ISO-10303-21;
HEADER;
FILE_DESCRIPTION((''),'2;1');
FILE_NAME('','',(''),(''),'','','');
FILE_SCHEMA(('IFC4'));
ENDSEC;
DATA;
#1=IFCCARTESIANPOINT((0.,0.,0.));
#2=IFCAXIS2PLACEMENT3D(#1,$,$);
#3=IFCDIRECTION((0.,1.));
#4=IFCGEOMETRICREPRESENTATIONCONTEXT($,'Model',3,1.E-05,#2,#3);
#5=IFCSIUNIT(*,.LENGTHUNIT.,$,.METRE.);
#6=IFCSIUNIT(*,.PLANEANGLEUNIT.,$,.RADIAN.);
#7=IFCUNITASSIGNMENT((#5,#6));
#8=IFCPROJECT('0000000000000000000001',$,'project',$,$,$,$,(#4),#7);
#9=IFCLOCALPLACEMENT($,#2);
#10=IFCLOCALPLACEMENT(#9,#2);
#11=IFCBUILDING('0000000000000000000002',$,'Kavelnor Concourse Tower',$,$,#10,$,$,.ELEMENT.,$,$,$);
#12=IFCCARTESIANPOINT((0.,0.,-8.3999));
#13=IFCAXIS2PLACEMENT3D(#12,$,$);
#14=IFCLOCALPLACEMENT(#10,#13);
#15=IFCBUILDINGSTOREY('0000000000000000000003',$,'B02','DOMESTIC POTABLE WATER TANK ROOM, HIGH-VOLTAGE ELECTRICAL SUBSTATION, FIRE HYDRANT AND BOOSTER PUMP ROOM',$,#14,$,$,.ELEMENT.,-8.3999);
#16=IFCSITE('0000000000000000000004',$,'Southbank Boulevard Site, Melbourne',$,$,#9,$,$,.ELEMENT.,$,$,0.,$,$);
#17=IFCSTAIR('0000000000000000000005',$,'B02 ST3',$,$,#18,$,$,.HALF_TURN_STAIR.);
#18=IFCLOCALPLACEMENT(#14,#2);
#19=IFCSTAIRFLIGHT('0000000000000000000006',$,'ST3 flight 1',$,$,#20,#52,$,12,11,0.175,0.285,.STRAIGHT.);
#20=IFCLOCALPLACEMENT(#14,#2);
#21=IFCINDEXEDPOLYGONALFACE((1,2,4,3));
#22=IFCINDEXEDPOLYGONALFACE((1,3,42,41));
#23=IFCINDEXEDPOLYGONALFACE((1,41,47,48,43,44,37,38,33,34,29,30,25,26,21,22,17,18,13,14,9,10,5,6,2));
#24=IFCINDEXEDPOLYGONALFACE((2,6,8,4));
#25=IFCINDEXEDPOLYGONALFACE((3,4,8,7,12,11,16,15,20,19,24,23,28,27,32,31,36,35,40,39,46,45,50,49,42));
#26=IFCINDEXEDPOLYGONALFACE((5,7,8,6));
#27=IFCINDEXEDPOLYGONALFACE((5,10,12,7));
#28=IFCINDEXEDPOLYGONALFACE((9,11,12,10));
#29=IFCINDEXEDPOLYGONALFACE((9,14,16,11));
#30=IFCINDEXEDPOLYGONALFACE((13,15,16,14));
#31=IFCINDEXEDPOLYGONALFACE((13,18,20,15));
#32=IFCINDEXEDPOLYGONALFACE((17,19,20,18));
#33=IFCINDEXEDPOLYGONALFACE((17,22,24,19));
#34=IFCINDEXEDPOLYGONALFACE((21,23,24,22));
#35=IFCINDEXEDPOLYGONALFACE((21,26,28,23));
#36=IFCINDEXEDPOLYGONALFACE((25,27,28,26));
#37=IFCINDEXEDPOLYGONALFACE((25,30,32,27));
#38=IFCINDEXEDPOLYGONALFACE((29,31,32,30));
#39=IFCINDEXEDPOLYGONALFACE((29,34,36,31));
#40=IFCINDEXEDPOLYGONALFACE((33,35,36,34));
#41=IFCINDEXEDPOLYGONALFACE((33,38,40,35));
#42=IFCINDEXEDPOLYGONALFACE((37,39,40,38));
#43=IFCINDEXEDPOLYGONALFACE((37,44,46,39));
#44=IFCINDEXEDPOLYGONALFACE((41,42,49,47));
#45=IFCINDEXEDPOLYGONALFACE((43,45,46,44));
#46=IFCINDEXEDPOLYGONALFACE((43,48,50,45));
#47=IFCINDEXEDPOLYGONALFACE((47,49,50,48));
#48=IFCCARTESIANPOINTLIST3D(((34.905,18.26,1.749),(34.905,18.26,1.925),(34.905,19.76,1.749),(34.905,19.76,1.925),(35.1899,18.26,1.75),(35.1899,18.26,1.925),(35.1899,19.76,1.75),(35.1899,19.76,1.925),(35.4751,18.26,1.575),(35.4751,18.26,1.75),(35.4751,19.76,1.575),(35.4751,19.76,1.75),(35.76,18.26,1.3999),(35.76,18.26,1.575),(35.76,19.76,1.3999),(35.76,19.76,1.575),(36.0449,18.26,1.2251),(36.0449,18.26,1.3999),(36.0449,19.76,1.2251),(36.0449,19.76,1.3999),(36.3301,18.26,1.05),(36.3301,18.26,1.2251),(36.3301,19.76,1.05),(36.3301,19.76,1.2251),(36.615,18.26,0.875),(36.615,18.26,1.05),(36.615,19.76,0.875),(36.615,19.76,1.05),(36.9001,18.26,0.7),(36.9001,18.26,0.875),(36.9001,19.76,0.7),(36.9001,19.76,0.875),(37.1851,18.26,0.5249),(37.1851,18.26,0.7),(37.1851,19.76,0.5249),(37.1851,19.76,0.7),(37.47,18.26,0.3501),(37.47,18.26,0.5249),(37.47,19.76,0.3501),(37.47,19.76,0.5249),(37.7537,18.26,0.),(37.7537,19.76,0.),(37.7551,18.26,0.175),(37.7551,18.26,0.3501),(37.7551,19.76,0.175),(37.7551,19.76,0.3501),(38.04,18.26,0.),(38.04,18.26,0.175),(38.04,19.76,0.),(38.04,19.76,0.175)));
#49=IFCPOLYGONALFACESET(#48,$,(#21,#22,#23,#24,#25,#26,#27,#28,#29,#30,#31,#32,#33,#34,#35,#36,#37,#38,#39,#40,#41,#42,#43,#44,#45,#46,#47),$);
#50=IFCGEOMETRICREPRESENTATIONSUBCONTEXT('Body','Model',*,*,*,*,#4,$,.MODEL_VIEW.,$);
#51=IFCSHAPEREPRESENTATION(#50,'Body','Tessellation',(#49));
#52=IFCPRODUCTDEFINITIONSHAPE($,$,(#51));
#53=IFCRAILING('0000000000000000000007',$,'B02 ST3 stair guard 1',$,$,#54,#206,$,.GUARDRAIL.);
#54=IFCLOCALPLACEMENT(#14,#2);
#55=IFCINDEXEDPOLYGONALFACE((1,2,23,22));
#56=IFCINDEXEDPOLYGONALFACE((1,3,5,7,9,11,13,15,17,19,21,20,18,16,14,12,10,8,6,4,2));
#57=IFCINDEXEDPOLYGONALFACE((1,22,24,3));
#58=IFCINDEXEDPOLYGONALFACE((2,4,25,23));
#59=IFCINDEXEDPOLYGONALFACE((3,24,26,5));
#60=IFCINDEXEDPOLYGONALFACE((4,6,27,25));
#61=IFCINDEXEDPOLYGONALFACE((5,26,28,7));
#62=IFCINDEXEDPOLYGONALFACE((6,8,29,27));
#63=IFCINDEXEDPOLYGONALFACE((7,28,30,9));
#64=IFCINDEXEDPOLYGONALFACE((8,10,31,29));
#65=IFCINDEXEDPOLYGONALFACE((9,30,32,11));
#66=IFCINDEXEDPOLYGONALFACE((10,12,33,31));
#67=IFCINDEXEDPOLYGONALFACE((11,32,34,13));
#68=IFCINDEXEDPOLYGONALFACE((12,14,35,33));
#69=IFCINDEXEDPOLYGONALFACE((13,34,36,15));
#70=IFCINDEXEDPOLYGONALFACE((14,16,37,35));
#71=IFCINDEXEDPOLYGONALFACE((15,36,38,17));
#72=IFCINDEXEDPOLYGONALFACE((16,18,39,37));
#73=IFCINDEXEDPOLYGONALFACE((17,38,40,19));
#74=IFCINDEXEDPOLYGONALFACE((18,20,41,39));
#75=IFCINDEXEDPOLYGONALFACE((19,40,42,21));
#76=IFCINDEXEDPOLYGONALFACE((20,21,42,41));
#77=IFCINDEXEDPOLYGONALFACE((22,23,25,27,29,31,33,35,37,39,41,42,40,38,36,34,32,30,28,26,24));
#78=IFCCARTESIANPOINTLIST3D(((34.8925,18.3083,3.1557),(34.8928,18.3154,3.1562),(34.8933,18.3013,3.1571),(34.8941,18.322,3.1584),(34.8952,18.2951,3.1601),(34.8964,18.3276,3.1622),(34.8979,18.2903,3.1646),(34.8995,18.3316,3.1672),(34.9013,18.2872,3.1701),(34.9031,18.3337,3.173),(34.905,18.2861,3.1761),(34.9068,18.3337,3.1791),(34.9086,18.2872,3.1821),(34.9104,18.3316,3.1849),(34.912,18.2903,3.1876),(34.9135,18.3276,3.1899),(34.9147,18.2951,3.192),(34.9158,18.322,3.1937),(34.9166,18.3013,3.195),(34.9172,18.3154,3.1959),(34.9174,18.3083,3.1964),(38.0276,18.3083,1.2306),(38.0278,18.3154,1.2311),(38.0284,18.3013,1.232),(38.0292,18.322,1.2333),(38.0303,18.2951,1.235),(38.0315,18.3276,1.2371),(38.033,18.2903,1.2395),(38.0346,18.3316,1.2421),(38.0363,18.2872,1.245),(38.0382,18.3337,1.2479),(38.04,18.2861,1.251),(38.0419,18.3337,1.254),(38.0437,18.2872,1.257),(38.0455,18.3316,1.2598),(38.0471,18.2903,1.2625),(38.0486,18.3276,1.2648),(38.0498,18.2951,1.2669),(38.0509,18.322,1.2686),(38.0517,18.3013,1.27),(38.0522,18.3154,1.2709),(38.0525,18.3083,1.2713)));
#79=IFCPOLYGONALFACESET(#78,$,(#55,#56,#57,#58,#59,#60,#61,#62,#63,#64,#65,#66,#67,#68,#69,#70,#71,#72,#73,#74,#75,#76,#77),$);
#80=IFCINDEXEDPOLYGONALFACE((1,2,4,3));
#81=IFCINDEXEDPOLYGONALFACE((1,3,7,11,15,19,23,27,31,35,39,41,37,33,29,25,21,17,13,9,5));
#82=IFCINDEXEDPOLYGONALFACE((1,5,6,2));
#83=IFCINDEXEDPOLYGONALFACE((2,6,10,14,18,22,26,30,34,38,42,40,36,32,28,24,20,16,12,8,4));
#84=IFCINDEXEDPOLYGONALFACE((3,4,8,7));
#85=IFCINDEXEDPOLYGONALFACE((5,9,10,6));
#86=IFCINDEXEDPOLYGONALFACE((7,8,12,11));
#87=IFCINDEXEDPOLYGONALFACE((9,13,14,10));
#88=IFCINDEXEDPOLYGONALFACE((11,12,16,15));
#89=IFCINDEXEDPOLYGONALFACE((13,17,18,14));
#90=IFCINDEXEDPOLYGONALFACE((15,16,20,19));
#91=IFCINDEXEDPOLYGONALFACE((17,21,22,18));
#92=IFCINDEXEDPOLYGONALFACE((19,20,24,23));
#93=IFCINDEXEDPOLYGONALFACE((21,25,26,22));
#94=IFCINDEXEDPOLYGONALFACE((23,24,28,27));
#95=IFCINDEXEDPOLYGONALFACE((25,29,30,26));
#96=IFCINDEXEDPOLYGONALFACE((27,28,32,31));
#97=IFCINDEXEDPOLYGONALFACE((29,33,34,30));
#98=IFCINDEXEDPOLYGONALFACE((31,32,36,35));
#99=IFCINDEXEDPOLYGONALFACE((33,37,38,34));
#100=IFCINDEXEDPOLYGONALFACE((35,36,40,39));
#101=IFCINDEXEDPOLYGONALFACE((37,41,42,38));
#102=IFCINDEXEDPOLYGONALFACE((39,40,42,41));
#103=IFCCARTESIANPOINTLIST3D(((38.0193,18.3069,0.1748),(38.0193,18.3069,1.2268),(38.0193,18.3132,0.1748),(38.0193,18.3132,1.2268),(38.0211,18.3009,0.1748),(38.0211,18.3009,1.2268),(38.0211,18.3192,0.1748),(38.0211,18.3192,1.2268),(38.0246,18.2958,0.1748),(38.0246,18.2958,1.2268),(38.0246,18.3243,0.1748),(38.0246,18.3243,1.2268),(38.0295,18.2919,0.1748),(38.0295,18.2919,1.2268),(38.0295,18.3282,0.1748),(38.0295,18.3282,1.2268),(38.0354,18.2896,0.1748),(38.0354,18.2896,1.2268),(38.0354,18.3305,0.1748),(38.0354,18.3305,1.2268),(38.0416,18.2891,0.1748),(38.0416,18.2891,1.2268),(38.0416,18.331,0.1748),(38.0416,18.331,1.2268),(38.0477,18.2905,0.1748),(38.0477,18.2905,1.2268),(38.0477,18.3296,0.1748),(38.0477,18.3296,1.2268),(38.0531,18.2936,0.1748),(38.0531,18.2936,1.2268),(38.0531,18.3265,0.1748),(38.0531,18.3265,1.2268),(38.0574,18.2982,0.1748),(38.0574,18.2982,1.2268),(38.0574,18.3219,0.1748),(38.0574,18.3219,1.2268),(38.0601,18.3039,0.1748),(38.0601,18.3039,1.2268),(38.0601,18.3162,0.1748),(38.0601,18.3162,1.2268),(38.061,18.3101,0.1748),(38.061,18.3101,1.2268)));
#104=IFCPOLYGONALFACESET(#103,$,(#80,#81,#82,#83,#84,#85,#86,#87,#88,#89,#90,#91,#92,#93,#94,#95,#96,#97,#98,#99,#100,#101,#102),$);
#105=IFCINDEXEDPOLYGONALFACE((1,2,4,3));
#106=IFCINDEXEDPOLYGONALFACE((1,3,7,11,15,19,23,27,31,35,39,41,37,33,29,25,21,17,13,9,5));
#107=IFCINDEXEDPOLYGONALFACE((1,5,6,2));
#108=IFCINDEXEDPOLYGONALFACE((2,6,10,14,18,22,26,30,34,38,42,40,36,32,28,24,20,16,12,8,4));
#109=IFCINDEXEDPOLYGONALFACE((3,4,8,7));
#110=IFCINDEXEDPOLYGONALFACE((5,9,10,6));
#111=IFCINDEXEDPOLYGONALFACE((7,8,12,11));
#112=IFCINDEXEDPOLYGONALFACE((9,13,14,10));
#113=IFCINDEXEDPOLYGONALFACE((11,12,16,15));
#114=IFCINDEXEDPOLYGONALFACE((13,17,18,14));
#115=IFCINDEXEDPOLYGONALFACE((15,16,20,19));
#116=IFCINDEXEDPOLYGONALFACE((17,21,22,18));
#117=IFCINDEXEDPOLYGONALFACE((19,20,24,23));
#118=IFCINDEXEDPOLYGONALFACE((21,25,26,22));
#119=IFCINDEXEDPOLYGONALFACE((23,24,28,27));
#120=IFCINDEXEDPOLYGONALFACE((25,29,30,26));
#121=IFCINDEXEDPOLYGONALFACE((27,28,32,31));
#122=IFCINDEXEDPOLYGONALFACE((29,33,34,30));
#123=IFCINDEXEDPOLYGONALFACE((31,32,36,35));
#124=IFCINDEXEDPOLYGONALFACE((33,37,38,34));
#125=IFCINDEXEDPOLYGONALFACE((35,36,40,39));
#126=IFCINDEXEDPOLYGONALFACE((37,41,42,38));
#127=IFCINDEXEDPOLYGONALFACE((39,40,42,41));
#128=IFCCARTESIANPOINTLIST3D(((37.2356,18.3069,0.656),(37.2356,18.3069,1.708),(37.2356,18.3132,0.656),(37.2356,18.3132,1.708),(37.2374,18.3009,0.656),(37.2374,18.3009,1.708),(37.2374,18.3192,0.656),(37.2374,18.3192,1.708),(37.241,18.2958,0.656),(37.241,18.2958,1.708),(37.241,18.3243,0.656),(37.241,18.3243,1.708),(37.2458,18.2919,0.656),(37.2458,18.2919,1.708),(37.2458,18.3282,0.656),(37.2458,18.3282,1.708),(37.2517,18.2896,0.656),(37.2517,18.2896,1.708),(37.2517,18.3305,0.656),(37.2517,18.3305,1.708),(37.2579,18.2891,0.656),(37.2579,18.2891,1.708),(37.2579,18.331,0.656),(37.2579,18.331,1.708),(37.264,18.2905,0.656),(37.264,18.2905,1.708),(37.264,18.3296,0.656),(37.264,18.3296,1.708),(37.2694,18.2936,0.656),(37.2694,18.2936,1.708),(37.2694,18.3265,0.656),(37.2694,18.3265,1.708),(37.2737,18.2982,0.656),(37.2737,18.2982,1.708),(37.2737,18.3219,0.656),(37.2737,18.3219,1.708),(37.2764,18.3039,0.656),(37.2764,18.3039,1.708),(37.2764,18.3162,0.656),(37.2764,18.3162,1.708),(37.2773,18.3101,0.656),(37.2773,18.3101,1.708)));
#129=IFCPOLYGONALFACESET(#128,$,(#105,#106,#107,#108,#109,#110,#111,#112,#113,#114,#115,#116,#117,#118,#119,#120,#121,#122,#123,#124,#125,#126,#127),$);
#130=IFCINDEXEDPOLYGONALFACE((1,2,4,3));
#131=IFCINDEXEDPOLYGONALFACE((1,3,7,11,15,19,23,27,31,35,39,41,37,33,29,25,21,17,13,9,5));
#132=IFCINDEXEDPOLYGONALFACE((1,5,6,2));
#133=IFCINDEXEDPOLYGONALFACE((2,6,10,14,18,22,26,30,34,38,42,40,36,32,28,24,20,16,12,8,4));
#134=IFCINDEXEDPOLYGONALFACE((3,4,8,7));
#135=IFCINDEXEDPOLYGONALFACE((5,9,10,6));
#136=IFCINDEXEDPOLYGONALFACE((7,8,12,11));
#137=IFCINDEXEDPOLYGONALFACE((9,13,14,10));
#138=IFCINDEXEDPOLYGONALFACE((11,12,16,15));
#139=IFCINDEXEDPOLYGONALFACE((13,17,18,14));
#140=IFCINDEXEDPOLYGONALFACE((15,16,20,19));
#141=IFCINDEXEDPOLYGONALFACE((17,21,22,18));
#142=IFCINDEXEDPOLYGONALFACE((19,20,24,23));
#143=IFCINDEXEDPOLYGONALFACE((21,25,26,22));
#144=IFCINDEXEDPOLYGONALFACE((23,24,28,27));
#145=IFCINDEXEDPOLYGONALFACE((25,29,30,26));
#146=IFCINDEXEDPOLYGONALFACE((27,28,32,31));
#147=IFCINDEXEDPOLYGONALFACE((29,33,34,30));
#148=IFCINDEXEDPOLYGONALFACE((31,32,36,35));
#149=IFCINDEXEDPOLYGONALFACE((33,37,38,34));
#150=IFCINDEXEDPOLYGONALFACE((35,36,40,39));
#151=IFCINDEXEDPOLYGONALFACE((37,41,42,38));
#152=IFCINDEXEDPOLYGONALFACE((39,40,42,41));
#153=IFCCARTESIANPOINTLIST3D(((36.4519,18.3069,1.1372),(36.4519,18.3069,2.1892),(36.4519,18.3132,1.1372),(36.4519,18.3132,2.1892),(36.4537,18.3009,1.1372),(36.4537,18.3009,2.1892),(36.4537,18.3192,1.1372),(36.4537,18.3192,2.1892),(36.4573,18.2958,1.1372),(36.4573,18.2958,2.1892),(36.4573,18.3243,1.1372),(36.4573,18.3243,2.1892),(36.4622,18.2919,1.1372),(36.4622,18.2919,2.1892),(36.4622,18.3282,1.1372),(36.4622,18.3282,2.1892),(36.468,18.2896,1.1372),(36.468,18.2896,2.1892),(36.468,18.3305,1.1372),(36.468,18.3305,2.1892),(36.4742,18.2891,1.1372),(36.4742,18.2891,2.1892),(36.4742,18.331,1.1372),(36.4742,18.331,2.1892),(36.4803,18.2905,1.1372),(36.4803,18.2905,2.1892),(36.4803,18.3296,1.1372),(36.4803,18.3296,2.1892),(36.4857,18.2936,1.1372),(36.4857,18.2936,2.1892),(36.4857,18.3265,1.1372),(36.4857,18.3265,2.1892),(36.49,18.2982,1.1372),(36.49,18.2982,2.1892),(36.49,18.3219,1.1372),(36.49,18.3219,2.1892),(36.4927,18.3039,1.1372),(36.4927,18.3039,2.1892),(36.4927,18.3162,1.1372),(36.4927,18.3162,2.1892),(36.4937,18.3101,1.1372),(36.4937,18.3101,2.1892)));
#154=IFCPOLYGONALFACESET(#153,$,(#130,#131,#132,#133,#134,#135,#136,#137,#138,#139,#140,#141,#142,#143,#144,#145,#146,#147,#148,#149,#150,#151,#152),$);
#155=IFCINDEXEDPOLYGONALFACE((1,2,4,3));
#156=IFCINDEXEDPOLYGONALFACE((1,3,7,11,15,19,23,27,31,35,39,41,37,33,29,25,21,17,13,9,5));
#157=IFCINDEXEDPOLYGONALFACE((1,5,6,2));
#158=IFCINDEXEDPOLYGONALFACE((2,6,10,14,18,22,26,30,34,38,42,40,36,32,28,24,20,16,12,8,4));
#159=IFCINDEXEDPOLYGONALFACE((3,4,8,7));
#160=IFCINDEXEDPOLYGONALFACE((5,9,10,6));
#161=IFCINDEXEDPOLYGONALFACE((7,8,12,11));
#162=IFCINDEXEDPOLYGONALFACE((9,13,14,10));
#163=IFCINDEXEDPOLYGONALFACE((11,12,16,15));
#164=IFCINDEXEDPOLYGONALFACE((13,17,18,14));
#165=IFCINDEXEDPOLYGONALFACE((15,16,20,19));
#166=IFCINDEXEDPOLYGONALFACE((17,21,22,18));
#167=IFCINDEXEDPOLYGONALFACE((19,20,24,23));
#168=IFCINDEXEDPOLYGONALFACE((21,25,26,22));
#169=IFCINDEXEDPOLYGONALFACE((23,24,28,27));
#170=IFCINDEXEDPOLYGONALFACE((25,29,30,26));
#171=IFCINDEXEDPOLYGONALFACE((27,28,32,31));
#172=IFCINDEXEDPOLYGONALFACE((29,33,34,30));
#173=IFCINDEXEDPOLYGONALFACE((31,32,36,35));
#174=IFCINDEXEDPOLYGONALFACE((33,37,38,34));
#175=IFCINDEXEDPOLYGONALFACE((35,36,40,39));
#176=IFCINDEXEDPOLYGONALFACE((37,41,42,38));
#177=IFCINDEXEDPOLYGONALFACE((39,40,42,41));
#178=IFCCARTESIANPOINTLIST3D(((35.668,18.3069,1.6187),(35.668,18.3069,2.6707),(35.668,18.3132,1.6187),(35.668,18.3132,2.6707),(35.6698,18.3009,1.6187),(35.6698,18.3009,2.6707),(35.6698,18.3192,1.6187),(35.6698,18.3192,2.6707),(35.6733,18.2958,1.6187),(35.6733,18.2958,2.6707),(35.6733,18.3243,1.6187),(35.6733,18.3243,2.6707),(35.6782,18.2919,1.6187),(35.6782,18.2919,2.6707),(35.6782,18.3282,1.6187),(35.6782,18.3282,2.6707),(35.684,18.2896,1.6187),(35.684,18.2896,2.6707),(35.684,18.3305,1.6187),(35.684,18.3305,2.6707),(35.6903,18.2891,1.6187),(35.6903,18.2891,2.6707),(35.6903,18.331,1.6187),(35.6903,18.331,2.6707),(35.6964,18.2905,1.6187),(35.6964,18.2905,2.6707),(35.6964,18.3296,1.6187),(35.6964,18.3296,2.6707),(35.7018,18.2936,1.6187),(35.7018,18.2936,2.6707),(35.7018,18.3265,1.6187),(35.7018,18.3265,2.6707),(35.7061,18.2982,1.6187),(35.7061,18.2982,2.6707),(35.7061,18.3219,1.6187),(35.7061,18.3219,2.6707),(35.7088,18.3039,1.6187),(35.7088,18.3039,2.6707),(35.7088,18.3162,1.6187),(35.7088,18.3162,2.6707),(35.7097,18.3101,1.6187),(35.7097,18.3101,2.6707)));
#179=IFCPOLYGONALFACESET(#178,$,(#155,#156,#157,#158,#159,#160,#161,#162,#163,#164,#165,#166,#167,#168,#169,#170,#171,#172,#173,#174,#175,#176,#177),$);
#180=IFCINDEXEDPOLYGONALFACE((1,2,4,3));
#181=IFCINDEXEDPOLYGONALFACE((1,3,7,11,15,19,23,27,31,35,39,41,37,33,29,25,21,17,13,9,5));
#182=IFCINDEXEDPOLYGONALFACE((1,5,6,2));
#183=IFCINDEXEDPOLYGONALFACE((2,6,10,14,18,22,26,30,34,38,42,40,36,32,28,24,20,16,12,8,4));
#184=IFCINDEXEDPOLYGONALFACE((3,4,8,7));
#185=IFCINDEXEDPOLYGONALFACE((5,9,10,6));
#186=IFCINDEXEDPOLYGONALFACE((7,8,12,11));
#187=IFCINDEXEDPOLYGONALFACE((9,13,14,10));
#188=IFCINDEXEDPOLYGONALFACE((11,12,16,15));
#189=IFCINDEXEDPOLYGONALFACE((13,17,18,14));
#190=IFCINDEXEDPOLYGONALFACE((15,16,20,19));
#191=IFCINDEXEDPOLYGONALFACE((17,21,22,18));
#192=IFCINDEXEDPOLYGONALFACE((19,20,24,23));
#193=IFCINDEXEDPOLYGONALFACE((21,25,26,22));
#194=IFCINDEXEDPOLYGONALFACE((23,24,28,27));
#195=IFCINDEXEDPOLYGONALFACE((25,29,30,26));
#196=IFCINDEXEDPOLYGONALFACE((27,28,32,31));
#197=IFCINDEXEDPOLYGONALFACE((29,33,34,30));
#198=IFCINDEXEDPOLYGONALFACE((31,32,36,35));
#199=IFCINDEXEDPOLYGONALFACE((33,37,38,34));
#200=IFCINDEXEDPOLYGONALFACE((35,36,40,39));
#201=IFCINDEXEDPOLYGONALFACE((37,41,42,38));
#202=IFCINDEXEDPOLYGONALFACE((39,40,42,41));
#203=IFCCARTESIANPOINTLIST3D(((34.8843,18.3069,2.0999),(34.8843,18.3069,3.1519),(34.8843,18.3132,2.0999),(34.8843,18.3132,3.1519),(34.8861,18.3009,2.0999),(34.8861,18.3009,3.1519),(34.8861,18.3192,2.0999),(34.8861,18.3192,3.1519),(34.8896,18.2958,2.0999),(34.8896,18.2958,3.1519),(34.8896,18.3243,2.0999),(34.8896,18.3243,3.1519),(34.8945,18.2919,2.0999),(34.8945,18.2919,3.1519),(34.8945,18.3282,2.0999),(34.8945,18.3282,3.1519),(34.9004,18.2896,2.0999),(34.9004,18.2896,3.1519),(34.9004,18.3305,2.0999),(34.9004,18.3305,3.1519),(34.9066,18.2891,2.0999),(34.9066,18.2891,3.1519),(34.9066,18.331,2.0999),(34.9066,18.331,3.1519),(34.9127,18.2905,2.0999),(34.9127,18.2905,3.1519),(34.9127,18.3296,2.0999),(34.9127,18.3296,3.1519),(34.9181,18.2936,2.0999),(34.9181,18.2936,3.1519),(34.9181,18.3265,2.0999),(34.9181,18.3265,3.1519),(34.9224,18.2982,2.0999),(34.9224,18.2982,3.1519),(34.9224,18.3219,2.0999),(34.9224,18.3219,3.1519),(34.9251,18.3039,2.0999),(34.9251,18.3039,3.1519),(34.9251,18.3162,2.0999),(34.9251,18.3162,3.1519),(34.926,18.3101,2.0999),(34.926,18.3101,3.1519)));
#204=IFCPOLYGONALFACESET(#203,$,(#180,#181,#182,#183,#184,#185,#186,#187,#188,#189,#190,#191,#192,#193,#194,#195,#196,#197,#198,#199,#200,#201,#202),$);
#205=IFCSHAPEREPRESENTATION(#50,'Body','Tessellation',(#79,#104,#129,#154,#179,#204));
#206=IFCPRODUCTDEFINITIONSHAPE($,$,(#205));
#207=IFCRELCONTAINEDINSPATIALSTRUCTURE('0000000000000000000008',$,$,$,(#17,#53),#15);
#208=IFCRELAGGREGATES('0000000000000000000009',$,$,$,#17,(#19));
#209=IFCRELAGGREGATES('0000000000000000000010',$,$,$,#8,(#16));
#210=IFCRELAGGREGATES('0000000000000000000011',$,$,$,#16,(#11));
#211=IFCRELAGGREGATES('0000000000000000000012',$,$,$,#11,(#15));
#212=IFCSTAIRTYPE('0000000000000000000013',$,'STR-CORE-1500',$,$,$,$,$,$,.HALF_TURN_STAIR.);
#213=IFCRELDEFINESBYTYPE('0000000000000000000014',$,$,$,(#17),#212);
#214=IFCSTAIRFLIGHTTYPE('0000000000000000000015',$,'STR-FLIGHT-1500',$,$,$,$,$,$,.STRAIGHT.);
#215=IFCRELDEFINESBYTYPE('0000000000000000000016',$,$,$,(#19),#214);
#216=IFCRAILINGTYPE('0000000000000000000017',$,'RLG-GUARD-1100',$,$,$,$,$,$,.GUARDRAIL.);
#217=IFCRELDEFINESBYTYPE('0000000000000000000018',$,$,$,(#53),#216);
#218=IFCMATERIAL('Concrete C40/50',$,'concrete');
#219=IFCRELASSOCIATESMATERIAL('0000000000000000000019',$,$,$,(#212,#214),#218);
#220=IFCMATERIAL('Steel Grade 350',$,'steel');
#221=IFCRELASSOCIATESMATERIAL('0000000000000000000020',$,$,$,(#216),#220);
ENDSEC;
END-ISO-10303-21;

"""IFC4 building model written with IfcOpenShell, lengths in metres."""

from ifc_helpers import new_model, si_unit, direction, frame, origin, origin_2d, place, context, subcontext, project, spatial, polyline, circle, outline, extrude, material, type_object, element, aggregate, save


model = new_model("IFC4")

# Units and contexts
model_context = context("Model", 3, precision=1e-05, world=origin(), true_north=direction((0.0, 1.0)))
body_context = subcontext(model_context, "Body", "Model", "MODEL_VIEW")
ifc_project = project(units=[si_unit("LENGTHUNIT", "METRE"), si_unit("PLANEANGLEUNIT", "RADIAN")], contexts=[model_context])

# Site, building, storey
site_placement = place(None, origin())
site = spatial("IfcSite", under=ifc_project, at=site_placement, Name="Southbank Boulevard Site, Melbourne", CompositionType="ELEMENT", RefElevation=0.0)
building_placement = place(site_placement, origin())
building = spatial("IfcBuilding", under=site, at=building_placement, Name="Kavelnor Concourse Tower", CompositionType="ELEMENT")
storey_placement = place(building_placement, frame((0.0, 0.0, -8.3999)))
storey = spatial("IfcBuildingStorey", under=building, at=storey_placement, Name="B02", Description="DOMESTIC POTABLE WATER TANK ROOM, HIGH-VOLTAGE ELECTRICAL SUBSTATION, FIRE HYDRANT AND BOOSTER PUMP ROOM", CompositionType="ELEMENT", Elevation=-8.3999)

# Shared definitions
ifc_material_1 = material(Name="Steel Grade 350", Category="steel")

# Stair, stair flight
ifc_material_2 = material(Name="Concrete C40/50", Category="concrete")
stair_type = type_object("IfcStairType", Name="STR-CORE-1500", PredefinedType="HALF_TURN_STAIR", material=ifc_material_2)
stair_placement = place(storey_placement, origin())
stair = element("IfcStair", 1, at=stair_placement, inside=storey, type_object=stair_type, Name="B02 ST3", PredefinedType="HALF_TURN_STAIR")
stair_flight_type = type_object("IfcStairFlightType", Name="STR-FLIGHT-1500", PredefinedType="STRAIGHT", material=ifc_material_2)
stair_flight_placement = place(storey_placement, frame((38.04, 19.01, 0.0), z_axis=(0.0, 0.0, 1.0), x_axis=(-1.0, 0.0, 0.0)))
stair_flight = element("IfcStairFlight", 2, at=stair_flight_placement, type_object=stair_flight_type, Name="ST3 flight 1", NumberOfRisers=12, NumberOfTreads=11, PredefinedType="STRAIGHT", RiserHeight=0.175, TreadLength=0.285, context=body_context, shape_type="SweptSolid", body=[
    extrude(outline(polyline([(0.0, 0.0), (0.0, 0.175), (0.2849, 0.175), (0.2849, 0.3501), (0.5701, 0.3501), (0.5701, 0.5249), (0.855, 0.5249), (0.855, 0.7), (1.1399, 0.7), (1.1399, 0.875), (1.425, 0.875), (1.425, 1.05), (1.71, 1.05), (1.71, 1.2251), (1.9951, 1.2251), (1.9951, 1.3999), (2.28, 1.3999), (2.28, 1.575), (2.5649, 1.575), (2.5649, 1.75), (2.8501, 1.75), (2.8501, 1.925), (3.135, 1.925), (3.135, 2.1001), (3.135, 1.749), (0.2864, 0.0), (0.0, 0.0)])), frame((0.0, 0.75, 0.0), z_axis=(0.0, -1.0, 0.0), x_axis=(1.0, 0.0, 0.0)), (0.0, 0.0, 1.0), 1.5),
])
aggregate(stair, [stair_flight])

# Railing
railing_type_1 = type_object("IfcRailingType", Name="RLG-GUARD-1100", PredefinedType="GUARDRAIL", material=ifc_material_1)
railing_1_placement = place(storey_placement, frame((38.04, 18.3101, 0.1748)))
element("IfcRailing", 3, at=railing_1_placement, inside=storey, type_object=railing_type_1, Name="B02 ST3 stair guard 1", PredefinedType="GUARDRAIL", context=body_context, shape_type="SweptSolid", body=[
    extrude(circle(Radius=0.0239, at=origin_2d()), frame((0.0, 0.0, 1.0762), z_axis=(-0.852166, 0.0, 0.523271), x_axis=(0.0, -1.0, 0.0)), (0.0, 0.0, 1.0), 3.679),
    extrude(circle(Radius=0.021, at=origin_2d()), origin(), (0.0, 0.0, 1.0), 1.052),
    extrude(circle(Radius=0.021, at=origin_2d()), frame((-0.7837, 0.0, 0.4812)), (0.0, 0.0, 1.0), 1.052),
    extrude(circle(Radius=0.021, at=origin_2d()), frame((-1.5674, 0.0, 0.9624)), (0.0, 0.0, 1.0), 1.052),
    extrude(circle(Radius=0.021, at=origin_2d()), frame((-2.3513, 0.0, 1.4438)), (0.0, 0.0, 1.0), 1.052),
    extrude(circle(Radius=0.021, at=origin_2d()), frame((-3.135, 0.0, 1.925)), (0.0, 0.0, 1.0), 1.052),
])

save(model, "model.ifc")
